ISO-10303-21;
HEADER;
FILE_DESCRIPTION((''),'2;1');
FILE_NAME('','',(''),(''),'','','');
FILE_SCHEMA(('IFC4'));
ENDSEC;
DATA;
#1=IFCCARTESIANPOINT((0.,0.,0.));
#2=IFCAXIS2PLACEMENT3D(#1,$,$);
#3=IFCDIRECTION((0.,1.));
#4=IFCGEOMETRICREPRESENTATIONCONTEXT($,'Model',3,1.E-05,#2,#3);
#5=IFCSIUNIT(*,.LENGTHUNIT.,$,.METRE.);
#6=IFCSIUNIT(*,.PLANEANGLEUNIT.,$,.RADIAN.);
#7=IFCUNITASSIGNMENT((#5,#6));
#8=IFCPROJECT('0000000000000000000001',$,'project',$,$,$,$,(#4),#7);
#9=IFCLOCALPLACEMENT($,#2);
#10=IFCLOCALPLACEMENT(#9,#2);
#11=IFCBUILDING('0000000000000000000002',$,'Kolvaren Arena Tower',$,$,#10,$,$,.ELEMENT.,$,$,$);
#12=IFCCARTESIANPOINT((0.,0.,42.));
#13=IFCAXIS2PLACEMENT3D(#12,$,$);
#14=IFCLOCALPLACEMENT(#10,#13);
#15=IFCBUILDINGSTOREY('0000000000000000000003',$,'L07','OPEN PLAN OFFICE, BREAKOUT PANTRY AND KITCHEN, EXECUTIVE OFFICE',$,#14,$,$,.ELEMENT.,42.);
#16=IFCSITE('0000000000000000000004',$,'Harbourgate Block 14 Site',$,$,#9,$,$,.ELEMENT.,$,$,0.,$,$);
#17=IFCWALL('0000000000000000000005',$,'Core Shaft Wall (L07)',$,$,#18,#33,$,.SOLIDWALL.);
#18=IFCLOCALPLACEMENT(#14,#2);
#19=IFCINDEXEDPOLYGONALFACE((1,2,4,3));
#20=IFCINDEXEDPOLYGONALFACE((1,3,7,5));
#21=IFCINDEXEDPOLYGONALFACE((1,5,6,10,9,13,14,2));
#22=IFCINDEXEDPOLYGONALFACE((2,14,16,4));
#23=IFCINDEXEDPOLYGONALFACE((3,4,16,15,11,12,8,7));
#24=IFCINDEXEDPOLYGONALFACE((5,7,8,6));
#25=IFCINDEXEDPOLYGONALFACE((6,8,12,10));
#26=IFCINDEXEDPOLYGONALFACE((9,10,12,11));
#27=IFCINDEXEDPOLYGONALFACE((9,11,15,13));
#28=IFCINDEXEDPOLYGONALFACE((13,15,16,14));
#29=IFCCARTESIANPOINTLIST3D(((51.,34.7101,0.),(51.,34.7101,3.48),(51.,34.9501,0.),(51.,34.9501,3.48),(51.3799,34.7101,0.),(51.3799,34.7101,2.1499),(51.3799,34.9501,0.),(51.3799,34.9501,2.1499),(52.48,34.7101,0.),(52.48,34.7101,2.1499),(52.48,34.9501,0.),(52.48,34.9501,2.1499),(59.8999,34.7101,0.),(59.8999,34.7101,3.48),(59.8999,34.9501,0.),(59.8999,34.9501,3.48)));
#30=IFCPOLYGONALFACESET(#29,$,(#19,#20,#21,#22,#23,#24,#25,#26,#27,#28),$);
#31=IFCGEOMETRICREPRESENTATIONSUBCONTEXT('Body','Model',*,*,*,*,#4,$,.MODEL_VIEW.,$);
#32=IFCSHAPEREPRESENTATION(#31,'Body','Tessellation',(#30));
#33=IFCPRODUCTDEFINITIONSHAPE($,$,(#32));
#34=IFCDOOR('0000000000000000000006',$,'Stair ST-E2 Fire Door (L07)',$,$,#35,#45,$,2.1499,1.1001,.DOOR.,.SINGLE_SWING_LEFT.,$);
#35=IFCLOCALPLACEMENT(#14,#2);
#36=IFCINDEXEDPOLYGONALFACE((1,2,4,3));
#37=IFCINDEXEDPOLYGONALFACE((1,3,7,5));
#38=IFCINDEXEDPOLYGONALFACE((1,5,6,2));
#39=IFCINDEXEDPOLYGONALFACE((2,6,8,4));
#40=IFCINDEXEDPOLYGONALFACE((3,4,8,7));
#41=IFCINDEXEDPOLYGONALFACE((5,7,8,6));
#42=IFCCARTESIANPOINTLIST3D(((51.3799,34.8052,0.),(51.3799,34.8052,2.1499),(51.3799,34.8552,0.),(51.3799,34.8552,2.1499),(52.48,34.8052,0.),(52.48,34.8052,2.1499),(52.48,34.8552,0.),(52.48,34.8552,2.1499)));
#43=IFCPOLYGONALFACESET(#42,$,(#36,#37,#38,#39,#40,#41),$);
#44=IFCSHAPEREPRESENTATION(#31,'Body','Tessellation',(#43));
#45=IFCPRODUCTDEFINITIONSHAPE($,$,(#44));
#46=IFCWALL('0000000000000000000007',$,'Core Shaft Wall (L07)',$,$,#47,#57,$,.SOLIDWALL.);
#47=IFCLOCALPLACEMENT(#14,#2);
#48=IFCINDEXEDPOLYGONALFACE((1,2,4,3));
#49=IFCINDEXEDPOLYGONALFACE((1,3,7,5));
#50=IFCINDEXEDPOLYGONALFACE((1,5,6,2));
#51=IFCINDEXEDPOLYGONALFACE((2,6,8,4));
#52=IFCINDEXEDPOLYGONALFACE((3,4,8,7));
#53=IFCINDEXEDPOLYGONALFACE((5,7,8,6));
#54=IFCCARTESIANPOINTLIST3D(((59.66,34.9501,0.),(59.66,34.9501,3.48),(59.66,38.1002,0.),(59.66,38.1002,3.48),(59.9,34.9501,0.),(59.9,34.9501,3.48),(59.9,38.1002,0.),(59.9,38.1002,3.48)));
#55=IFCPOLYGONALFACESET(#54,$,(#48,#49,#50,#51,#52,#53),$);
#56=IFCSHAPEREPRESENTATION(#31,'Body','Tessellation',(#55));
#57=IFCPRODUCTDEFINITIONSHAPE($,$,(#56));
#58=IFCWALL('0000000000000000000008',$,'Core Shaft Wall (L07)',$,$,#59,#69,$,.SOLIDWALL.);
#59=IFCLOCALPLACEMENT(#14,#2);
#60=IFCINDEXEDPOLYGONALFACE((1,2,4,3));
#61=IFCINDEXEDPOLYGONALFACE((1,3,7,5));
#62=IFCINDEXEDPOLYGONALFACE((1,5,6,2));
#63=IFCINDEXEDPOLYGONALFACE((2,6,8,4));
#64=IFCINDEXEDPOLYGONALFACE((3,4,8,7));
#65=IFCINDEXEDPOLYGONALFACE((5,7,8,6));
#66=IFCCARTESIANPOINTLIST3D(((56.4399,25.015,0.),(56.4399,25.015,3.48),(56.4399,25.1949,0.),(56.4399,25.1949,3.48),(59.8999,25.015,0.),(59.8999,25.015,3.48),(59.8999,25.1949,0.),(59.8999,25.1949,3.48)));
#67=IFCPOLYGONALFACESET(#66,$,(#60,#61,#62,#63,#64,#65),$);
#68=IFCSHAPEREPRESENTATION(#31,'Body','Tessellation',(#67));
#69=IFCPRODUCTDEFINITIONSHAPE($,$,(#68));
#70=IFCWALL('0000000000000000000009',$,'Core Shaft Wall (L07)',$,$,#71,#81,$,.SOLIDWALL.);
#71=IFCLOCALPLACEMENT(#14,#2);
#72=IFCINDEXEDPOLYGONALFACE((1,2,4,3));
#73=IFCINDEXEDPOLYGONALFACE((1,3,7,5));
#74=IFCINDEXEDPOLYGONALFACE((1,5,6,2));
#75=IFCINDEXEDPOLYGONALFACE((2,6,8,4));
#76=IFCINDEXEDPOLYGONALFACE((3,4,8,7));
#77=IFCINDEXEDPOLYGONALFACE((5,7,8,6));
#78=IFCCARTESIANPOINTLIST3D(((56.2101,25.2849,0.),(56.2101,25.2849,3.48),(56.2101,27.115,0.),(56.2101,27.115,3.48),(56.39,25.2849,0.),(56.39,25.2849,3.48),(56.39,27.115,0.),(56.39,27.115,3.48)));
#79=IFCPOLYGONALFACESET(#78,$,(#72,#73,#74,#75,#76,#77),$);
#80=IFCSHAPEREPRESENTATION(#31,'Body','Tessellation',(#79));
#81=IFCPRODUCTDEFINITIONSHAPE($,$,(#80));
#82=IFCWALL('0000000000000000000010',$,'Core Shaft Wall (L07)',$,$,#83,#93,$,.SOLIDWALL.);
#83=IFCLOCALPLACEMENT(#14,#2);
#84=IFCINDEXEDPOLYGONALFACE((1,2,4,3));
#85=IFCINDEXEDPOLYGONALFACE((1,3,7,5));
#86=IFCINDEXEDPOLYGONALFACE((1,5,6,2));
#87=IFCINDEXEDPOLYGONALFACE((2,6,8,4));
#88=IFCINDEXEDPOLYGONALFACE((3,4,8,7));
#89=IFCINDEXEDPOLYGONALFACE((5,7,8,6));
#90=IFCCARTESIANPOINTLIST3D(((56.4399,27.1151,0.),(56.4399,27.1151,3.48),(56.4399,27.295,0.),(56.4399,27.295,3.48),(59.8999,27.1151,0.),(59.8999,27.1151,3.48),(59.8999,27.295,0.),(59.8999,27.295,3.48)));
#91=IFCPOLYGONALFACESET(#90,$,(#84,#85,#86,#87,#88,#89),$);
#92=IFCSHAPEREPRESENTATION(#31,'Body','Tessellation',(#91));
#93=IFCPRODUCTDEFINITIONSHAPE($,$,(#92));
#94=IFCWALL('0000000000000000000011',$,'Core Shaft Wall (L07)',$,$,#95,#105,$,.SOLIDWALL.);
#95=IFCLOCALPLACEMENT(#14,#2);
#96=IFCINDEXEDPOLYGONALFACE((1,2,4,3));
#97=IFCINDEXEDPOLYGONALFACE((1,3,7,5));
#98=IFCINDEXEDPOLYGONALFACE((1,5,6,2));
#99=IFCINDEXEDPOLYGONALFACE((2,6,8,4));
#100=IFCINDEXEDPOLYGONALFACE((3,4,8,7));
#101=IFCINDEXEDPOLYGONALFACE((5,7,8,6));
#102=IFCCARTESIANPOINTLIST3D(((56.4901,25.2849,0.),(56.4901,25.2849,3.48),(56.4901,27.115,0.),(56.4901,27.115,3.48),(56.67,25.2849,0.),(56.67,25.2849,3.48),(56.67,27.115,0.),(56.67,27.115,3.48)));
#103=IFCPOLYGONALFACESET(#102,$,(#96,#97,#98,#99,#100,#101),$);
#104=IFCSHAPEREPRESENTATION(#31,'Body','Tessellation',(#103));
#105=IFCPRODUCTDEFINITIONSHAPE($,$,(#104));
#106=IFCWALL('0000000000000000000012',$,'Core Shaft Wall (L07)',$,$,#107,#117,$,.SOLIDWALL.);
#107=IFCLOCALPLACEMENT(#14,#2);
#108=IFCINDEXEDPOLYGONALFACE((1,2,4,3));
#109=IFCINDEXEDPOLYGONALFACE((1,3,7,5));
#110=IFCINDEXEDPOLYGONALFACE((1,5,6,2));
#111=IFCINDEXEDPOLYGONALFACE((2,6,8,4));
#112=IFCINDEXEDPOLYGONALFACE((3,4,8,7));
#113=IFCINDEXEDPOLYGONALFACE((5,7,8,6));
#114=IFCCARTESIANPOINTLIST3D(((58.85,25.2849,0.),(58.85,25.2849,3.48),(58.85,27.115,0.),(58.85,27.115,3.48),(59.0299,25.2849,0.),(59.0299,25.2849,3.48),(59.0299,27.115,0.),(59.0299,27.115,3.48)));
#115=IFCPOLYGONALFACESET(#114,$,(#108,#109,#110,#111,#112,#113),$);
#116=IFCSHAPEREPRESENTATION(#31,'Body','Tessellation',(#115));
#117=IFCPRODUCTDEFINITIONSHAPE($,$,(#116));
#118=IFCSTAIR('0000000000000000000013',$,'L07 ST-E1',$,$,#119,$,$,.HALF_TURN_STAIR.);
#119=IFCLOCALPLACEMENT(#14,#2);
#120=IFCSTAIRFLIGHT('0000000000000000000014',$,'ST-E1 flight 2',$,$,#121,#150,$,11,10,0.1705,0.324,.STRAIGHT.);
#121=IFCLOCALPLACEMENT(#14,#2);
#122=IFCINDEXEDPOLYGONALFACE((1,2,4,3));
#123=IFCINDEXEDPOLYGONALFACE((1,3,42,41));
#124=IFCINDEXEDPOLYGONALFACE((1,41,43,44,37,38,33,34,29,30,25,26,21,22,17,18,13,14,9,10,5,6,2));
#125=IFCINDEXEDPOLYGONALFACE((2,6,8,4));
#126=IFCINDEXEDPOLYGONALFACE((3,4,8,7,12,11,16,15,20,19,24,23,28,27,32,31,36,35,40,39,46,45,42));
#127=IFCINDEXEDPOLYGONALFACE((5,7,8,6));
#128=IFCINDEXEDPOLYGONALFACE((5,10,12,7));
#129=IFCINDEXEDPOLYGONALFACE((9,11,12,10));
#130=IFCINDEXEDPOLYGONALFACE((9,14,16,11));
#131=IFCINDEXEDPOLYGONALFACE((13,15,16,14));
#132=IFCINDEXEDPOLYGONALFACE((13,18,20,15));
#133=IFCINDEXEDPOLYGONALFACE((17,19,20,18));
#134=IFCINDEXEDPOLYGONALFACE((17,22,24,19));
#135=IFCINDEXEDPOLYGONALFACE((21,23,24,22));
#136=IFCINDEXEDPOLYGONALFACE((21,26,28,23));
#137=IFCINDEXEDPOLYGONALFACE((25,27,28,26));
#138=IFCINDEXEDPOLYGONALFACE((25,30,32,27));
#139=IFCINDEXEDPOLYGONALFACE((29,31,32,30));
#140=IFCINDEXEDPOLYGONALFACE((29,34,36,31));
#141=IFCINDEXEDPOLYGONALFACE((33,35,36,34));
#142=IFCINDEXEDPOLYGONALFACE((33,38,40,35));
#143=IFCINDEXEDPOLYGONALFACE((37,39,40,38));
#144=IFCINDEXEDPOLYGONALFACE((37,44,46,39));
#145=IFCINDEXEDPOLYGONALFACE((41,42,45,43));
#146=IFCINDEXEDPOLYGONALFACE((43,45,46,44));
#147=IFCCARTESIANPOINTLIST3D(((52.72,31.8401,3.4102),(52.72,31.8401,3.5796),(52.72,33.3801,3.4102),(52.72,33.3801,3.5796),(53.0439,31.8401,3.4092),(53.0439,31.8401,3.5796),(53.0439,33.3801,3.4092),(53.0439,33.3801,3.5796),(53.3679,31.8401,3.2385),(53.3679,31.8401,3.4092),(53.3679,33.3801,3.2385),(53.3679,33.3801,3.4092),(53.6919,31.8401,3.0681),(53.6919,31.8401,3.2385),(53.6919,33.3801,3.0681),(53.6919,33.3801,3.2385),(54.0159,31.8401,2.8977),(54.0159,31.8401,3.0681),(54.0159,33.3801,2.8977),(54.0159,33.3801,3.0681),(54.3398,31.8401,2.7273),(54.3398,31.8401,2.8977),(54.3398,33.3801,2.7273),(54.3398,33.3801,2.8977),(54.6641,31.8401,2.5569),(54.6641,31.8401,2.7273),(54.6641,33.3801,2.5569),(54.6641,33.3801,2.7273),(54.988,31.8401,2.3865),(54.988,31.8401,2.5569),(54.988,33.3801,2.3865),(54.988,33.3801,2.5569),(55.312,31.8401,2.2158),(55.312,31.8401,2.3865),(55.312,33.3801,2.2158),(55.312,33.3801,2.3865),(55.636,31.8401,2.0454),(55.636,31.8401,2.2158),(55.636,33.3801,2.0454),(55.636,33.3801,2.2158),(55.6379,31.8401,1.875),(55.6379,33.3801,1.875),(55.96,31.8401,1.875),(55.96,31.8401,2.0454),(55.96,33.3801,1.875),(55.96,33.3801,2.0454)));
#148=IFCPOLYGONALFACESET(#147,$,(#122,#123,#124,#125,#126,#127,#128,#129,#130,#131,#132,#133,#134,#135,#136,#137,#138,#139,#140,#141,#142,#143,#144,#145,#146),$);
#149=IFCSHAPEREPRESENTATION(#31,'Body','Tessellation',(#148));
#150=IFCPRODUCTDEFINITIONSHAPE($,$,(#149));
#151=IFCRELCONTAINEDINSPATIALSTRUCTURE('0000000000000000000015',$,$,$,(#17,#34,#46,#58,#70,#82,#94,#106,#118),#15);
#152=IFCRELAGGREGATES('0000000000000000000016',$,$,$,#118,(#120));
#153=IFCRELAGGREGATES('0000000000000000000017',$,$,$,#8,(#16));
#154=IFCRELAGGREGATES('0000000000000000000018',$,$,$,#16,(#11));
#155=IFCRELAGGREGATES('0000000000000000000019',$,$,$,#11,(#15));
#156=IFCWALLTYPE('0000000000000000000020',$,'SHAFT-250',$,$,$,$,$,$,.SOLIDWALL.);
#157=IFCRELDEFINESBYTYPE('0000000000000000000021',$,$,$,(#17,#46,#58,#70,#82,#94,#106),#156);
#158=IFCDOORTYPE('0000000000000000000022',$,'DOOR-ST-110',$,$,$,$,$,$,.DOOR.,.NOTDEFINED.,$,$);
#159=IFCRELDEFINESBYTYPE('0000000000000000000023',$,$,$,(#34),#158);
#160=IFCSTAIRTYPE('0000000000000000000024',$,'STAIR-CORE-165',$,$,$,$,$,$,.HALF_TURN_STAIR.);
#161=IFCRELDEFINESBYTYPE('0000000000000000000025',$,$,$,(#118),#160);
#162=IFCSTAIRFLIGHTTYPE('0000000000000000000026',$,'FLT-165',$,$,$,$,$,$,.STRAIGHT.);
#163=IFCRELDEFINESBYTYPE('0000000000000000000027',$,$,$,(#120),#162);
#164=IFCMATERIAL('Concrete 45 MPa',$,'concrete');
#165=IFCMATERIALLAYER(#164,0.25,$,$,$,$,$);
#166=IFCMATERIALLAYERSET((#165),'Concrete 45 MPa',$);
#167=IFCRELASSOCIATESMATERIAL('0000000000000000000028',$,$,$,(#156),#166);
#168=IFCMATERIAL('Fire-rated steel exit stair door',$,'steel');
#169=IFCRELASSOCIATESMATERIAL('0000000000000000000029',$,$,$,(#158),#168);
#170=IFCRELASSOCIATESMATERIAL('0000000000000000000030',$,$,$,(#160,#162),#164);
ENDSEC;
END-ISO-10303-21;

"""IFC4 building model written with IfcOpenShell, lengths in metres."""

from ifc_helpers import new_model, si_unit, direction, frame, frame_2d, origin, place, context, subcontext, project, spatial, polyline, rectangle, outline, extrude, material, layer, layer_set, type_object, element, fill, aggregate, save


model = new_model("IFC4")

# Units and contexts
model_context = context("Model", 3, precision=1e-05, world=origin(), true_north=direction((0.0, 1.0)))
body_context = subcontext(model_context, "Body", "Model", "MODEL_VIEW")
ifc_project = project(units=[si_unit("LENGTHUNIT", "METRE"), si_unit("PLANEANGLEUNIT", "RADIAN")], contexts=[model_context])

# Site, building, storey
site_placement = place(None, origin())
site = spatial("IfcSite", under=ifc_project, at=site_placement, Name="Harbourgate Block 14 Site", CompositionType="ELEMENT", RefElevation=0.0)
building_placement = place(site_placement, origin())
building = spatial("IfcBuilding", under=site, at=building_placement, Name="Kolvaren Arena Tower", CompositionType="ELEMENT")
storey_placement = place(building_placement, frame((0.0, 0.0, 42.0)))
storey = spatial("IfcBuildingStorey", under=building, at=storey_placement, Name="L07", Description="OPEN PLAN OFFICE, BREAKOUT PANTRY AND KITCHEN, EXECUTIVE OFFICE", CompositionType="ELEMENT", Elevation=42.0)

# Shared definitions
ifc_material_1 = material(Name="Concrete 45 MPa", Category="concrete")
ifc_layer = layer(ifc_material_1, 0.25)
ifc_layer_set = layer_set([ifc_layer], Name="Concrete 45 MPa")
wall_type = type_object("IfcWallType", Name="SHAFT-250", PredefinedType="SOLIDWALL", material=ifc_layer_set)
ifc_material_2 = material(Name="Fire-rated steel exit stair door", Category="steel")
door_type = type_object("IfcDoorType", Name="DOOR-ST-110", OperationType="NOTDEFINED", PredefinedType="DOOR", material=ifc_material_2)

# Wall, opening, door
wall_1_placement = place(storey_placement, frame((59.8999, 34.8301, 0.0), z_axis=(0.0, 0.0, 1.0), x_axis=(-1.0, 0.0, 0.0)))
wall_1 = element("IfcWall", 1, at=wall_1_placement, inside=storey, type_object=wall_type, Name="Core Shaft Wall (L07)", PredefinedType="SOLIDWALL", context=body_context, shape_type="SweptSolid", body=[
    extrude(rectangle(XDim=8.8999, YDim=0.24, at=frame_2d((4.45, 0.0))), origin(), (0.0, 0.0, 1.0), 3.48),
])
opening_1_placement = place(wall_1_placement, frame((7.4199, 0.0, 0.0)))
opening_1 = element("IfcOpeningElement", 2, at=opening_1_placement, cuts=wall_1, PredefinedType="OPENING", context=body_context, shape_type="SweptSolid", body=[
    extrude(rectangle(XDim=1.1001, YDim=2.1499, at=frame_2d((0.55, 1.075))), frame((0.0, 0.1299, 0.0), z_axis=(0.0, -1.0, 0.0), x_axis=(1.0, 0.0, 0.0)), (0.0, 0.0, 1.0), 0.26),
])
door_1_placement = place(opening_1_placement, origin())
door_1 = element("IfcDoor", 3, at=door_1_placement, inside=storey, type_object=door_type, Name="Stair ST-E2 Fire Door (L07)", OperationType="SINGLE_SWING_LEFT", OverallHeight=2.1499, OverallWidth=1.1001, PredefinedType="DOOR", context=body_context, shape_type="SweptSolid", body=[
    extrude(rectangle(XDim=1.1001, YDim=2.1499, at=frame_2d((0.55, 1.075))), frame((0.0, 0.0249, 0.0), z_axis=(0.0, -1.0, 0.0), x_axis=(1.0, 0.0, 0.0)), (0.0, 0.0, 1.0), 0.05),
])
fill(opening_1, door_1)

# Walls
wall_2_placement = place(storey_placement, frame((59.78, 34.95, 0.0), z_axis=(0.0, 0.0, 1.0), x_axis=(0.0, 1.0, 0.0)))
element("IfcWall", 4, at=wall_2_placement, inside=storey, type_object=wall_type, Name="Core Shaft Wall (L07)", PredefinedType="SOLIDWALL", context=body_context, shape_type="SweptSolid", body=[
    extrude(rectangle(XDim=3.1501, YDim=0.24, at=frame_2d((1.5752, 0.0))), origin(), (0.0, 0.0, 1.0), 3.48),
])
wall_3_placement = place(storey_placement, frame((56.4399, 25.105, 0.0), z_axis=(0.0, 0.0, 1.0), x_axis=(1.0, 0.0, 0.0)))
element("IfcWall", 5, at=wall_3_placement, inside=storey, type_object=wall_type, Name="Core Shaft Wall (L07)", PredefinedType="SOLIDWALL", context=body_context, shape_type="SweptSolid", body=[
    extrude(rectangle(XDim=3.46, YDim=0.1799, at=frame_2d((1.73, 0.0))), origin(), (0.0, 0.0, 1.0), 3.48),
])
wall_4_placement = place(storey_placement, frame((56.3, 25.2849, 0.0), z_axis=(0.0, 0.0, 1.0), x_axis=(0.0, 1.0, 0.0)))
element("IfcWall", 6, at=wall_4_placement, inside=storey, type_object=wall_type, Name="Core Shaft Wall (L07)", PredefinedType="SOLIDWALL", context=body_context, shape_type="SweptSolid", body=[
    extrude(rectangle(XDim=1.8301, YDim=0.1799, at=frame_2d((0.915, 0.0))), origin(), (0.0, 0.0, 1.0), 3.48),
])
wall_5_placement = place(storey_placement, frame((56.4399, 27.2051, 0.0), z_axis=(0.0, 0.0, 1.0), x_axis=(1.0, 0.0, 0.0)))
element("IfcWall", 7, at=wall_5_placement, inside=storey, type_object=wall_type, Name="Core Shaft Wall (L07)", PredefinedType="SOLIDWALL", context=body_context, shape_type="SweptSolid", body=[
    extrude(rectangle(XDim=3.46, YDim=0.1799, at=frame_2d((1.73, 0.0))), origin(), (0.0, 0.0, 1.0), 3.48),
])
for number, where, z_axis, x_axis, name in (
    (8, (56.5801, 25.2849, 0.0), (0.0, 0.0, 1.0), (0.0, 1.0, 0.0), "Core Shaft Wall (L07)"),
    (9, (58.9399, 25.2849, 0.0), (0.0, 0.0, 1.0), (0.0, 1.0, 0.0), "Core Shaft Wall (L07)"),
):
    element("IfcWall", number, at=place(storey_placement, frame(where, z_axis=z_axis, x_axis=x_axis)), inside=storey, type_object=wall_type, Name=name, PredefinedType="SOLIDWALL", context=body_context, shape_type="SweptSolid", body=[
        extrude(rectangle(XDim=1.8301, YDim=0.1799, at=frame_2d((0.915, 0.0))), origin(), (0.0, 0.0, 1.0), 3.48),
    ])

# Stair, stair flight
stair_type = type_object("IfcStairType", Name="STAIR-CORE-165", PredefinedType="HALF_TURN_STAIR", material=ifc_material_1)
stair_placement = place(storey_placement, origin())
stair = element("IfcStair", 10, at=stair_placement, inside=storey, type_object=stair_type, Name="L07 ST-E1", PredefinedType="HALF_TURN_STAIR")
stair_flight_type = type_object("IfcStairFlightType", Name="FLT-165", PredefinedType="STRAIGHT", material=ifc_material_1)
stair_flight_placement = place(storey_placement, frame((55.96, 32.6101, 1.875), z_axis=(0.0, 0.0, 1.0), x_axis=(-1.0, 0.0, 0.0)))
stair_flight = element("IfcStairFlight", 11, at=stair_flight_placement, type_object=stair_flight_type, Name="ST-E1 flight 2", NumberOfRisers=11, NumberOfTreads=10, PredefinedType="STRAIGHT", RiserHeight=0.1705, TreadLength=0.324, context=body_context, shape_type="SweptSolid", body=[
    extrude(outline(polyline([(0.0, 0.0), (0.0, 0.1704), (0.324, 0.1704), (0.324, 0.3408), (0.6479, 0.3408), (0.6479, 0.5115), (0.9719, 0.5115), (0.9719, 0.6819), (1.2959, 0.6819), (1.2959, 0.8523), (1.6201, 0.8523), (1.6201, 1.0227), (1.9441, 1.0227), (1.9441, 1.1931), (2.2681, 1.1931), (2.2681, 1.3635), (2.592, 1.3635), (2.592, 1.5342), (2.916, 1.5342), (2.916, 1.7046), (3.24, 1.7046), (3.24, 1.875), (3.24, 1.5352), (0.322, 0.0), (0.0, 0.0)])), frame((0.0, 0.77, 0.0), z_axis=(0.0, -1.0, 0.0), x_axis=(1.0, 0.0, 0.0)), (0.0, 0.0, 1.0), 1.54),
])
aggregate(stair, [stair_flight])

save(model, "model.ifc")
